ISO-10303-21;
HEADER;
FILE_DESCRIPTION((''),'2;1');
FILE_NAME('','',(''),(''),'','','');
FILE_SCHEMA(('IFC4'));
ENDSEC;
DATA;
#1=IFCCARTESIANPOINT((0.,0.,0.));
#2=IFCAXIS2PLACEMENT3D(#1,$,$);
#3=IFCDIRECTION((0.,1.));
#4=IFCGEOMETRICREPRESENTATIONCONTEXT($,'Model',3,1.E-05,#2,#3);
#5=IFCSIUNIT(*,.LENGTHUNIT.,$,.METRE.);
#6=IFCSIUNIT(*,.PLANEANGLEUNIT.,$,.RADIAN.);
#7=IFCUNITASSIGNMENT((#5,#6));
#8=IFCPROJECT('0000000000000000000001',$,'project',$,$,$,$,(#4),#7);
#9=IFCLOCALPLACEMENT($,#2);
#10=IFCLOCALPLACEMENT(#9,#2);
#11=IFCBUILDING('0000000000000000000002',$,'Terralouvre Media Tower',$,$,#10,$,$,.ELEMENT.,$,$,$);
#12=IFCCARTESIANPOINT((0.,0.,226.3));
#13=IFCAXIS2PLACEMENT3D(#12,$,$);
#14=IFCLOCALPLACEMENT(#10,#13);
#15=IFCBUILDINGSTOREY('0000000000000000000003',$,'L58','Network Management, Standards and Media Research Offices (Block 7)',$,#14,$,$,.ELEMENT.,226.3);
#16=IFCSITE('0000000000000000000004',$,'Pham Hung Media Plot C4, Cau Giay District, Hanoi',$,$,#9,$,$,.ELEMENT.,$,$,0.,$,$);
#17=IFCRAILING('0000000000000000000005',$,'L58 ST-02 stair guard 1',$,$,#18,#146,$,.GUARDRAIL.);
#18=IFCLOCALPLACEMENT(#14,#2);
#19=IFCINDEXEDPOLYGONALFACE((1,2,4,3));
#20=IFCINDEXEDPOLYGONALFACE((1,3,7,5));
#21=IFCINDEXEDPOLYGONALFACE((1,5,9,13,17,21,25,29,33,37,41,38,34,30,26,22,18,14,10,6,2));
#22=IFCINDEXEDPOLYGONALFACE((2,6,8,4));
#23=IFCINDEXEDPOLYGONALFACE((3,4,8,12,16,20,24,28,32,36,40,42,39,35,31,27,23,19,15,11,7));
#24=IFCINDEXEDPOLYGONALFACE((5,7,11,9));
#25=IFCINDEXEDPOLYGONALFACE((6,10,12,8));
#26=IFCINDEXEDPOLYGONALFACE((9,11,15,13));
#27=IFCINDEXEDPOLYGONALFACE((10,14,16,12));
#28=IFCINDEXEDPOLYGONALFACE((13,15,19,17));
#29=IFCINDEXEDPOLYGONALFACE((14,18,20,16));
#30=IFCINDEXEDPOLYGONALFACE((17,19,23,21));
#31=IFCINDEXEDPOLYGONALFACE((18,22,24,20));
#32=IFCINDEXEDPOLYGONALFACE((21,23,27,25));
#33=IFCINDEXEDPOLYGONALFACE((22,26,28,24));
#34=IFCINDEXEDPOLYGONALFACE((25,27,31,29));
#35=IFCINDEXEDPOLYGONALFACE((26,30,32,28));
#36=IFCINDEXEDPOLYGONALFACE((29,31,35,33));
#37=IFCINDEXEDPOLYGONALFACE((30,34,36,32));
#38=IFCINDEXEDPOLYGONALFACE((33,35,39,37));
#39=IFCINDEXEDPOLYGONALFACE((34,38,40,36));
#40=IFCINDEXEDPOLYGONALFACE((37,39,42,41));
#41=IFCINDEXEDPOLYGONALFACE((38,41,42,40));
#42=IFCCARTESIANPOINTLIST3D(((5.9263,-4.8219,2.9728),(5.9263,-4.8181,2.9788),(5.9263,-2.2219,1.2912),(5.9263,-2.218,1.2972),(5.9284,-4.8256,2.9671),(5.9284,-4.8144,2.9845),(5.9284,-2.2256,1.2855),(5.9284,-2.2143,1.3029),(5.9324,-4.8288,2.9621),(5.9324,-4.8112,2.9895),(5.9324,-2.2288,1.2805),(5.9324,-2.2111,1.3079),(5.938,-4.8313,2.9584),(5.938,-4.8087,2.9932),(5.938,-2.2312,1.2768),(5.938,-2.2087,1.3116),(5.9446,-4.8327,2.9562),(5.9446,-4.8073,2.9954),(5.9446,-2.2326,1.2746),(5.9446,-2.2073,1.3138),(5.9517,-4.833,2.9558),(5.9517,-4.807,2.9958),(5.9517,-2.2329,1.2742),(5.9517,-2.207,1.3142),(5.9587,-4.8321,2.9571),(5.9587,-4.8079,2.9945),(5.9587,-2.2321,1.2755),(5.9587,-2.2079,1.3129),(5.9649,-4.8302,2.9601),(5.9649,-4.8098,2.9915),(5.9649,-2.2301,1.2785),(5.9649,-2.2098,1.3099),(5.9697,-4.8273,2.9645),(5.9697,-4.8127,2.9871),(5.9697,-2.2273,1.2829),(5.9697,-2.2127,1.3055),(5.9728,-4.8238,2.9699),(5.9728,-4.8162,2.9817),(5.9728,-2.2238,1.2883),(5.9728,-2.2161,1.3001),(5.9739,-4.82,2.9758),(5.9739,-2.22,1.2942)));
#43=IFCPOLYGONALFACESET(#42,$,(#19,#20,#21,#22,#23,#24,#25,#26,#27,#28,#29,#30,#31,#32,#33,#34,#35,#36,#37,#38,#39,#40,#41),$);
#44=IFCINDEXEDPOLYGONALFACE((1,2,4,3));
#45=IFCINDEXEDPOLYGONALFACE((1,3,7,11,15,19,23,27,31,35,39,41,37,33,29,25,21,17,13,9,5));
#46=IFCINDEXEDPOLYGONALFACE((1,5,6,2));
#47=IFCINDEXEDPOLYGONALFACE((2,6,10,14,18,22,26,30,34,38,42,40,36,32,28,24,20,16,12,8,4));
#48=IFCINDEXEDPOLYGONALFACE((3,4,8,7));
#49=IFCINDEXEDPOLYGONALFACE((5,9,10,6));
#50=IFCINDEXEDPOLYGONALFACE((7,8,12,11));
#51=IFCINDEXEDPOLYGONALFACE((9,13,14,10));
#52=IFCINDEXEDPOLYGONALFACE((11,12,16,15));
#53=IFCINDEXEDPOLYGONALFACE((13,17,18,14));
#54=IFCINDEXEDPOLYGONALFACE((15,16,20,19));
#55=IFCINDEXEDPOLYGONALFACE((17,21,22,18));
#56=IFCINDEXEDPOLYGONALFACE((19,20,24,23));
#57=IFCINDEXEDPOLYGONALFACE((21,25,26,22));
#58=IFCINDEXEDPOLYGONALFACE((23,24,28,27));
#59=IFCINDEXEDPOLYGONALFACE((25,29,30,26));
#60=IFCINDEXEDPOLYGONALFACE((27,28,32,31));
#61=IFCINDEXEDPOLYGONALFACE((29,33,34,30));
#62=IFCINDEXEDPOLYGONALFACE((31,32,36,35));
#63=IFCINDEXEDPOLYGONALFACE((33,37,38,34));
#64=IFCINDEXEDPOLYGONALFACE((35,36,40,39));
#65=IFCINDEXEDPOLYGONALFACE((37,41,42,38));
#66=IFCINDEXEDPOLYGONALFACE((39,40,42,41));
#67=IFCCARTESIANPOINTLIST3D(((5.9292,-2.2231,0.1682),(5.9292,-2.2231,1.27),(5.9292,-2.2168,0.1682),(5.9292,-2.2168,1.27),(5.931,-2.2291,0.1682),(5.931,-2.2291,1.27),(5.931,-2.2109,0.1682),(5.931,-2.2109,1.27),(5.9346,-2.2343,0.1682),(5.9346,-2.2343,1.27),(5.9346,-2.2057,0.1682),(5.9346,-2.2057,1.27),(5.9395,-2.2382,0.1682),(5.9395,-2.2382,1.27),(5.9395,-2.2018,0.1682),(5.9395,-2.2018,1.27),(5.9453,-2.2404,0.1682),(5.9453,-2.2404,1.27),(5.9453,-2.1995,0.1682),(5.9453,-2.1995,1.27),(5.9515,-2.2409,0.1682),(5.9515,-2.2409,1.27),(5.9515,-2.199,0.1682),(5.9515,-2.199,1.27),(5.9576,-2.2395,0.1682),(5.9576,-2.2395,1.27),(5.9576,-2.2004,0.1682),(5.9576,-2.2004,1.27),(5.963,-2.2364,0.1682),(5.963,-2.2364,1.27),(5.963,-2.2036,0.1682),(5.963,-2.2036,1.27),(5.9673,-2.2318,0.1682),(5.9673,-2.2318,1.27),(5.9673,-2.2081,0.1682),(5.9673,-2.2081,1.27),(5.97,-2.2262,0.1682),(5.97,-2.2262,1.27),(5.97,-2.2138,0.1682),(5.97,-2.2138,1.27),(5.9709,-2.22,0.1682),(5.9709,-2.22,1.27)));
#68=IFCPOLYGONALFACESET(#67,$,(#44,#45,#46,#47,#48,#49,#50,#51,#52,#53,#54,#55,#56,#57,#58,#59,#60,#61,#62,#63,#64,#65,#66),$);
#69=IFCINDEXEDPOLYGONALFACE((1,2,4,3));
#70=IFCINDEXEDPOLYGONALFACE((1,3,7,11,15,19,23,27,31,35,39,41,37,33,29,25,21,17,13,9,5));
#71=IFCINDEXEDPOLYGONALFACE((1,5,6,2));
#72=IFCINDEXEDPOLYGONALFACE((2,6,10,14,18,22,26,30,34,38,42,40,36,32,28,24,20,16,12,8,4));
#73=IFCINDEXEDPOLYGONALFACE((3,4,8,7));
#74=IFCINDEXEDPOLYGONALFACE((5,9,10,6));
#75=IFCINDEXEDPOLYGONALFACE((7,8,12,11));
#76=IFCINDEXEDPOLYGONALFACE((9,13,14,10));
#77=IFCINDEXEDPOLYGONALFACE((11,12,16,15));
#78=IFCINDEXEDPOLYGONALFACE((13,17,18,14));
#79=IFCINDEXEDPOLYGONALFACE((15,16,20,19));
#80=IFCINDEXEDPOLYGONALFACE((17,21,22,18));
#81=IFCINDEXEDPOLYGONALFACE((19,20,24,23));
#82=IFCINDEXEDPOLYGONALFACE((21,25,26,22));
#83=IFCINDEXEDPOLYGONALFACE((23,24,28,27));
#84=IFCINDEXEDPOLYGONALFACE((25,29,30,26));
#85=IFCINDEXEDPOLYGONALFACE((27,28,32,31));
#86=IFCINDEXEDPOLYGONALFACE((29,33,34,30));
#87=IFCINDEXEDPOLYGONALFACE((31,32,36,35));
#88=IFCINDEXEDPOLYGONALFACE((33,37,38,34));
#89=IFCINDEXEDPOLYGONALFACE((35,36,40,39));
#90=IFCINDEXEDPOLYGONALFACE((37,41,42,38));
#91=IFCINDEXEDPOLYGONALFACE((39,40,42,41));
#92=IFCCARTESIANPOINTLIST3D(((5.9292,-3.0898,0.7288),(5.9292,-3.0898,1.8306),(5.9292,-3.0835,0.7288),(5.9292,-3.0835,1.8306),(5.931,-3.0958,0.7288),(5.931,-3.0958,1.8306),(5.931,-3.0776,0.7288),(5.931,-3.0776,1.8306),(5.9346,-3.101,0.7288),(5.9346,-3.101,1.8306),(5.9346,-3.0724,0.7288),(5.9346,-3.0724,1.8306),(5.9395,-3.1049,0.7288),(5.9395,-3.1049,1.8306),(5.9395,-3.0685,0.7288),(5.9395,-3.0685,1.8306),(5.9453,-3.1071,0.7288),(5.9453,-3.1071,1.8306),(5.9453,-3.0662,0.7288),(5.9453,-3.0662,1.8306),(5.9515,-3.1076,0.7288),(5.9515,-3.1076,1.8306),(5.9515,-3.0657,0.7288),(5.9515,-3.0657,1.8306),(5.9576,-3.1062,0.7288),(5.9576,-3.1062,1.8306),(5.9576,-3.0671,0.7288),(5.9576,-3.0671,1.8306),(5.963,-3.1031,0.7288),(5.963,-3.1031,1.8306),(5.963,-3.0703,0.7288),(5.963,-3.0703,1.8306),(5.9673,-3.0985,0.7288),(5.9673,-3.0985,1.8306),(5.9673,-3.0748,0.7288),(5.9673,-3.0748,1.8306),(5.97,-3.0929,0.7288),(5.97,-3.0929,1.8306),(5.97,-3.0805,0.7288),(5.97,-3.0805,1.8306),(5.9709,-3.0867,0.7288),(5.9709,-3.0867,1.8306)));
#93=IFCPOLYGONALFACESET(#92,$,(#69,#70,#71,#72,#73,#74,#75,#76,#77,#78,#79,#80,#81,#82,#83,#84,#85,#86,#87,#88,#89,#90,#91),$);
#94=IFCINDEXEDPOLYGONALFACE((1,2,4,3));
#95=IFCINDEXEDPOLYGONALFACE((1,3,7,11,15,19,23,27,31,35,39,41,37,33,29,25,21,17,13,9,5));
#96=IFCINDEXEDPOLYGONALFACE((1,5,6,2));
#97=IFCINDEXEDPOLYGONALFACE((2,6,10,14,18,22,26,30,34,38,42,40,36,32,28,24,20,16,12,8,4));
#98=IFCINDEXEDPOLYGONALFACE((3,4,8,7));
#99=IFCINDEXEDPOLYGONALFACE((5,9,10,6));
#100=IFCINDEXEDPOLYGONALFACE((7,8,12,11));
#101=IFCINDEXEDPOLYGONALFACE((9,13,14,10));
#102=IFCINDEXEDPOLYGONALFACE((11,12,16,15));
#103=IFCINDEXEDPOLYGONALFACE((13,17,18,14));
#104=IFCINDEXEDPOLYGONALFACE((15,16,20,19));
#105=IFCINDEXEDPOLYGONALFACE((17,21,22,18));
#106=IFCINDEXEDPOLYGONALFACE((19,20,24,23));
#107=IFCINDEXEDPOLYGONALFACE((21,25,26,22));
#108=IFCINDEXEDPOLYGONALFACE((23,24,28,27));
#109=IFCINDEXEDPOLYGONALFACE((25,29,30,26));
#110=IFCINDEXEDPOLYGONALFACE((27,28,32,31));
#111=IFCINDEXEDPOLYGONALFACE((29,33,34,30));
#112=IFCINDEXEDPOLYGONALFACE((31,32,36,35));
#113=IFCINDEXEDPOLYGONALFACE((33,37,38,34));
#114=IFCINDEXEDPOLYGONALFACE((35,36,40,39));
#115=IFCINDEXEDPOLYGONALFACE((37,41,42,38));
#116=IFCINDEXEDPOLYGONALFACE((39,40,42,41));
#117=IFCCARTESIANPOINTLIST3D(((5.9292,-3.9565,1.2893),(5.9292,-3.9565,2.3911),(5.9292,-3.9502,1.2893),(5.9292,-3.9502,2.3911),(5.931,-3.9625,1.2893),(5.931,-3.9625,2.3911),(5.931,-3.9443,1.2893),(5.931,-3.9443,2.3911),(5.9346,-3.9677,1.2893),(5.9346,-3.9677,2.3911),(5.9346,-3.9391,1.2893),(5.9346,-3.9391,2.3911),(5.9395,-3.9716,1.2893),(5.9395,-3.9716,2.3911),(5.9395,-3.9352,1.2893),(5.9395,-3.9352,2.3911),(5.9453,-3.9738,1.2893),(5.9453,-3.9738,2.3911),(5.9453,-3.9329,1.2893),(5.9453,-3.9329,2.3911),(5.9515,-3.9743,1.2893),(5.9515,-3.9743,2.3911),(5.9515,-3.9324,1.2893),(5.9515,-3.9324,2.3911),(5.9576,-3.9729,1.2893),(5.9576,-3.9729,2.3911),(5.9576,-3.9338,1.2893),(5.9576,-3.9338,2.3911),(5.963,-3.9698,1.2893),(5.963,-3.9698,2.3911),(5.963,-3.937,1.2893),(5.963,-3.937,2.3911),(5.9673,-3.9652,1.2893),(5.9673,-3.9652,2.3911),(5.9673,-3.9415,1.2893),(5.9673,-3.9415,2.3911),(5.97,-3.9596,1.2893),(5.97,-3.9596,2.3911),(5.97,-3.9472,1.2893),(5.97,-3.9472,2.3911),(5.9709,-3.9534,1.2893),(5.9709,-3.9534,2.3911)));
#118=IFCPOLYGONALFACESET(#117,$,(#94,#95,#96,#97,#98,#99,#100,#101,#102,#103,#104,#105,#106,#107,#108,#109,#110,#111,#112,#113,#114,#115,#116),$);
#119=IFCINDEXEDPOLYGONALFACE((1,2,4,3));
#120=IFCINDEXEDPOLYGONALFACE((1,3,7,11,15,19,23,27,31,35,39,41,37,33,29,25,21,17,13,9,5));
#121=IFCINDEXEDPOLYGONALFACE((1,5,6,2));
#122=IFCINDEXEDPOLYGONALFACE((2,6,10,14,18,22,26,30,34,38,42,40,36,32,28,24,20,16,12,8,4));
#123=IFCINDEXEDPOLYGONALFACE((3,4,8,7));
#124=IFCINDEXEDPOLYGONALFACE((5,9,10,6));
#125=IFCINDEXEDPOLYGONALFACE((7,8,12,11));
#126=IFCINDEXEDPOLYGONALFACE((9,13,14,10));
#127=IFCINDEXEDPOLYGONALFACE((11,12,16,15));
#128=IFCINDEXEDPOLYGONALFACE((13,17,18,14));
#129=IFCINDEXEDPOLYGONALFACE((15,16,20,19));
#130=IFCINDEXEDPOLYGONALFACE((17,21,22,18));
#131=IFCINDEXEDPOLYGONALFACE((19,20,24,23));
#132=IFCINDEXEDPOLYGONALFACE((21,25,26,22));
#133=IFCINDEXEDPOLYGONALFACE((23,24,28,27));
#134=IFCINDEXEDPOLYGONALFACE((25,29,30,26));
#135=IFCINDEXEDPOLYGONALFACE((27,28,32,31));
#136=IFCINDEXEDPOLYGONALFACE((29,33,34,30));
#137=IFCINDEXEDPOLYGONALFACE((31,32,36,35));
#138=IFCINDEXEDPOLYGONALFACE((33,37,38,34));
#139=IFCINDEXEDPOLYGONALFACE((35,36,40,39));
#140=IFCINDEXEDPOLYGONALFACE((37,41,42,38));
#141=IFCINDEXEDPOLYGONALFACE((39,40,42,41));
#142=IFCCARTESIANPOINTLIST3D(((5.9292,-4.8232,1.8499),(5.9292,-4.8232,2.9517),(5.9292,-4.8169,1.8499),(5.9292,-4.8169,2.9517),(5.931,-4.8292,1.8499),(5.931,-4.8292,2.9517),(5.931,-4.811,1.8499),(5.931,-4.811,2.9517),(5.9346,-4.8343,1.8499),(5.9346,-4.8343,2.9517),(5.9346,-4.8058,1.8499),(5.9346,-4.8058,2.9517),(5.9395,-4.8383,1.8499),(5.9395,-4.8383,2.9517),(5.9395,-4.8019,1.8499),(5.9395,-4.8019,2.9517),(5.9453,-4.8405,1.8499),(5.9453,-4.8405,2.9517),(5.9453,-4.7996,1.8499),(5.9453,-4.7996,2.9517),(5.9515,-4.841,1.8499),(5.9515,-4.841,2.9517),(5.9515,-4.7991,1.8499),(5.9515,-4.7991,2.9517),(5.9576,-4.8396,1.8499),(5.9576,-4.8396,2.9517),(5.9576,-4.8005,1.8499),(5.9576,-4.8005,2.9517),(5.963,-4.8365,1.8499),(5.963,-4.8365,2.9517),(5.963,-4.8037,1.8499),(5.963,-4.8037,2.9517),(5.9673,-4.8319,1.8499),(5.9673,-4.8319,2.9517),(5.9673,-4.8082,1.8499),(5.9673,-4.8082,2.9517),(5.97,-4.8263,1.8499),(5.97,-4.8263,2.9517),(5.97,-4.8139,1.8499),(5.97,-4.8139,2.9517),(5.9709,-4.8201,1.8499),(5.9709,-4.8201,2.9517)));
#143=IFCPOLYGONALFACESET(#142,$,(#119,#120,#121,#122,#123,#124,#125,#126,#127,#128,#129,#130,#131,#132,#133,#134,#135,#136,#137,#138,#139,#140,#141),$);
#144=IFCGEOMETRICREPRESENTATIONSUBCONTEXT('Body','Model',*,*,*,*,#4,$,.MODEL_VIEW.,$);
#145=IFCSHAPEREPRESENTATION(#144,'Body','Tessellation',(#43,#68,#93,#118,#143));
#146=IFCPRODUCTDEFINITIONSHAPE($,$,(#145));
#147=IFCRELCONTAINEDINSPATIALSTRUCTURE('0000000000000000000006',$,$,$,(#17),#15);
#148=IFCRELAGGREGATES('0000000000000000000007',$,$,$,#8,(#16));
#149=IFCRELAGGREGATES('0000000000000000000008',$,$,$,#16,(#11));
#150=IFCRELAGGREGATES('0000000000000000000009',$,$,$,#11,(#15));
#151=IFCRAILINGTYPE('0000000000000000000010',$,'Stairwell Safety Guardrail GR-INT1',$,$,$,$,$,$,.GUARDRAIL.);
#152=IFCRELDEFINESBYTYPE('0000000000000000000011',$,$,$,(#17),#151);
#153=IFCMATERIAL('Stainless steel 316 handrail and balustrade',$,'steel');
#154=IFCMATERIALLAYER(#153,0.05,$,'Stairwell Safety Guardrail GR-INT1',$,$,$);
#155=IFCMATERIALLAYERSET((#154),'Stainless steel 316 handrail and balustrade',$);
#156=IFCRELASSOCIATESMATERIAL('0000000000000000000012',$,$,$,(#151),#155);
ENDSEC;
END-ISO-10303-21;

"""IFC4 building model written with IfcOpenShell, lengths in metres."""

from ifc_helpers import new_model, si_unit, direction, frame, origin, origin_2d, place, context, subcontext, project, spatial, circle, extrude, material, layer, layer_set, type_object, element, save


model = new_model("IFC4")

# Units and contexts
model_context = context("Model", 3, precision=1e-05, world=origin(), true_north=direction((0.0, 1.0)))
body_context = subcontext(model_context, "Body", "Model", "MODEL_VIEW")
ifc_project = project(units=[si_unit("LENGTHUNIT", "METRE"), si_unit("PLANEANGLEUNIT", "RADIAN")], contexts=[model_context])

# Site, building, storey
site_placement = place(None, origin())
site = spatial("IfcSite", under=ifc_project, at=site_placement, Name="Pham Hung Media Plot C4, Cau Giay District, Hanoi", CompositionType="ELEMENT", RefElevation=0.0)
building_placement = place(site_placement, origin())
building = spatial("IfcBuilding", under=site, at=building_placement, Name="Terralouvre Media Tower", CompositionType="ELEMENT")
storey_placement = place(building_placement, frame((0.0, 0.0, 226.3)))
storey = spatial("IfcBuildingStorey", under=building, at=storey_placement, Name="L58", Description="Network Management, Standards and Media Research Offices (Block 7)", CompositionType="ELEMENT", Elevation=226.3)

# Railing
ifc_material_1 = material(Name="Stainless steel 316 handrail and balustrade", Category="steel")
ifc_layer_1 = layer(ifc_material_1, 0.05, Name="Stairwell Safety Guardrail GR-INT1")
ifc_layer_set_1 = layer_set([ifc_layer_1], Name="Stainless steel 316 handrail and balustrade")
railing_type_1 = type_object("IfcRailingType", Name="Stairwell Safety Guardrail GR-INT1", PredefinedType="GUARDRAIL", material=ifc_layer_set_1)
railing_1_placement = place(storey_placement, frame((5.95, -2.22, 0.1682)))
element("IfcRailing", 1, at=railing_1_placement, inside=storey, type_object=railing_type_1, Name="L58 ST-02 stair guard 1", PredefinedType="GUARDRAIL", context=body_context, shape_type="SweptSolid", body=[
    extrude(circle(Radius=0.0239, at=origin_2d()), frame((0.0, 0.0, 1.126), z_axis=(0.0, -0.839684, 0.543075), x_axis=(1.0, 0.0, 0.0)), (0.0, 0.0, 1.0), 3.0964),
    extrude(circle(Radius=0.021, at=origin_2d()), origin(), (0.0, 0.0, 1.0), 1.1018),
    extrude(circle(Radius=0.021, at=origin_2d()), frame((0.0, -0.8667, 0.5605)), (0.0, 0.0, 1.0), 1.1018),
    extrude(circle(Radius=0.021, at=origin_2d()), frame((0.0, -1.7334, 1.1211)), (0.0, 0.0, 1.0), 1.1018),
    extrude(circle(Radius=0.021, at=origin_2d()), frame((0.0, -2.6001, 1.6816)), (0.0, 0.0, 1.0), 1.1018),
])

save(model, "model.ifc")
